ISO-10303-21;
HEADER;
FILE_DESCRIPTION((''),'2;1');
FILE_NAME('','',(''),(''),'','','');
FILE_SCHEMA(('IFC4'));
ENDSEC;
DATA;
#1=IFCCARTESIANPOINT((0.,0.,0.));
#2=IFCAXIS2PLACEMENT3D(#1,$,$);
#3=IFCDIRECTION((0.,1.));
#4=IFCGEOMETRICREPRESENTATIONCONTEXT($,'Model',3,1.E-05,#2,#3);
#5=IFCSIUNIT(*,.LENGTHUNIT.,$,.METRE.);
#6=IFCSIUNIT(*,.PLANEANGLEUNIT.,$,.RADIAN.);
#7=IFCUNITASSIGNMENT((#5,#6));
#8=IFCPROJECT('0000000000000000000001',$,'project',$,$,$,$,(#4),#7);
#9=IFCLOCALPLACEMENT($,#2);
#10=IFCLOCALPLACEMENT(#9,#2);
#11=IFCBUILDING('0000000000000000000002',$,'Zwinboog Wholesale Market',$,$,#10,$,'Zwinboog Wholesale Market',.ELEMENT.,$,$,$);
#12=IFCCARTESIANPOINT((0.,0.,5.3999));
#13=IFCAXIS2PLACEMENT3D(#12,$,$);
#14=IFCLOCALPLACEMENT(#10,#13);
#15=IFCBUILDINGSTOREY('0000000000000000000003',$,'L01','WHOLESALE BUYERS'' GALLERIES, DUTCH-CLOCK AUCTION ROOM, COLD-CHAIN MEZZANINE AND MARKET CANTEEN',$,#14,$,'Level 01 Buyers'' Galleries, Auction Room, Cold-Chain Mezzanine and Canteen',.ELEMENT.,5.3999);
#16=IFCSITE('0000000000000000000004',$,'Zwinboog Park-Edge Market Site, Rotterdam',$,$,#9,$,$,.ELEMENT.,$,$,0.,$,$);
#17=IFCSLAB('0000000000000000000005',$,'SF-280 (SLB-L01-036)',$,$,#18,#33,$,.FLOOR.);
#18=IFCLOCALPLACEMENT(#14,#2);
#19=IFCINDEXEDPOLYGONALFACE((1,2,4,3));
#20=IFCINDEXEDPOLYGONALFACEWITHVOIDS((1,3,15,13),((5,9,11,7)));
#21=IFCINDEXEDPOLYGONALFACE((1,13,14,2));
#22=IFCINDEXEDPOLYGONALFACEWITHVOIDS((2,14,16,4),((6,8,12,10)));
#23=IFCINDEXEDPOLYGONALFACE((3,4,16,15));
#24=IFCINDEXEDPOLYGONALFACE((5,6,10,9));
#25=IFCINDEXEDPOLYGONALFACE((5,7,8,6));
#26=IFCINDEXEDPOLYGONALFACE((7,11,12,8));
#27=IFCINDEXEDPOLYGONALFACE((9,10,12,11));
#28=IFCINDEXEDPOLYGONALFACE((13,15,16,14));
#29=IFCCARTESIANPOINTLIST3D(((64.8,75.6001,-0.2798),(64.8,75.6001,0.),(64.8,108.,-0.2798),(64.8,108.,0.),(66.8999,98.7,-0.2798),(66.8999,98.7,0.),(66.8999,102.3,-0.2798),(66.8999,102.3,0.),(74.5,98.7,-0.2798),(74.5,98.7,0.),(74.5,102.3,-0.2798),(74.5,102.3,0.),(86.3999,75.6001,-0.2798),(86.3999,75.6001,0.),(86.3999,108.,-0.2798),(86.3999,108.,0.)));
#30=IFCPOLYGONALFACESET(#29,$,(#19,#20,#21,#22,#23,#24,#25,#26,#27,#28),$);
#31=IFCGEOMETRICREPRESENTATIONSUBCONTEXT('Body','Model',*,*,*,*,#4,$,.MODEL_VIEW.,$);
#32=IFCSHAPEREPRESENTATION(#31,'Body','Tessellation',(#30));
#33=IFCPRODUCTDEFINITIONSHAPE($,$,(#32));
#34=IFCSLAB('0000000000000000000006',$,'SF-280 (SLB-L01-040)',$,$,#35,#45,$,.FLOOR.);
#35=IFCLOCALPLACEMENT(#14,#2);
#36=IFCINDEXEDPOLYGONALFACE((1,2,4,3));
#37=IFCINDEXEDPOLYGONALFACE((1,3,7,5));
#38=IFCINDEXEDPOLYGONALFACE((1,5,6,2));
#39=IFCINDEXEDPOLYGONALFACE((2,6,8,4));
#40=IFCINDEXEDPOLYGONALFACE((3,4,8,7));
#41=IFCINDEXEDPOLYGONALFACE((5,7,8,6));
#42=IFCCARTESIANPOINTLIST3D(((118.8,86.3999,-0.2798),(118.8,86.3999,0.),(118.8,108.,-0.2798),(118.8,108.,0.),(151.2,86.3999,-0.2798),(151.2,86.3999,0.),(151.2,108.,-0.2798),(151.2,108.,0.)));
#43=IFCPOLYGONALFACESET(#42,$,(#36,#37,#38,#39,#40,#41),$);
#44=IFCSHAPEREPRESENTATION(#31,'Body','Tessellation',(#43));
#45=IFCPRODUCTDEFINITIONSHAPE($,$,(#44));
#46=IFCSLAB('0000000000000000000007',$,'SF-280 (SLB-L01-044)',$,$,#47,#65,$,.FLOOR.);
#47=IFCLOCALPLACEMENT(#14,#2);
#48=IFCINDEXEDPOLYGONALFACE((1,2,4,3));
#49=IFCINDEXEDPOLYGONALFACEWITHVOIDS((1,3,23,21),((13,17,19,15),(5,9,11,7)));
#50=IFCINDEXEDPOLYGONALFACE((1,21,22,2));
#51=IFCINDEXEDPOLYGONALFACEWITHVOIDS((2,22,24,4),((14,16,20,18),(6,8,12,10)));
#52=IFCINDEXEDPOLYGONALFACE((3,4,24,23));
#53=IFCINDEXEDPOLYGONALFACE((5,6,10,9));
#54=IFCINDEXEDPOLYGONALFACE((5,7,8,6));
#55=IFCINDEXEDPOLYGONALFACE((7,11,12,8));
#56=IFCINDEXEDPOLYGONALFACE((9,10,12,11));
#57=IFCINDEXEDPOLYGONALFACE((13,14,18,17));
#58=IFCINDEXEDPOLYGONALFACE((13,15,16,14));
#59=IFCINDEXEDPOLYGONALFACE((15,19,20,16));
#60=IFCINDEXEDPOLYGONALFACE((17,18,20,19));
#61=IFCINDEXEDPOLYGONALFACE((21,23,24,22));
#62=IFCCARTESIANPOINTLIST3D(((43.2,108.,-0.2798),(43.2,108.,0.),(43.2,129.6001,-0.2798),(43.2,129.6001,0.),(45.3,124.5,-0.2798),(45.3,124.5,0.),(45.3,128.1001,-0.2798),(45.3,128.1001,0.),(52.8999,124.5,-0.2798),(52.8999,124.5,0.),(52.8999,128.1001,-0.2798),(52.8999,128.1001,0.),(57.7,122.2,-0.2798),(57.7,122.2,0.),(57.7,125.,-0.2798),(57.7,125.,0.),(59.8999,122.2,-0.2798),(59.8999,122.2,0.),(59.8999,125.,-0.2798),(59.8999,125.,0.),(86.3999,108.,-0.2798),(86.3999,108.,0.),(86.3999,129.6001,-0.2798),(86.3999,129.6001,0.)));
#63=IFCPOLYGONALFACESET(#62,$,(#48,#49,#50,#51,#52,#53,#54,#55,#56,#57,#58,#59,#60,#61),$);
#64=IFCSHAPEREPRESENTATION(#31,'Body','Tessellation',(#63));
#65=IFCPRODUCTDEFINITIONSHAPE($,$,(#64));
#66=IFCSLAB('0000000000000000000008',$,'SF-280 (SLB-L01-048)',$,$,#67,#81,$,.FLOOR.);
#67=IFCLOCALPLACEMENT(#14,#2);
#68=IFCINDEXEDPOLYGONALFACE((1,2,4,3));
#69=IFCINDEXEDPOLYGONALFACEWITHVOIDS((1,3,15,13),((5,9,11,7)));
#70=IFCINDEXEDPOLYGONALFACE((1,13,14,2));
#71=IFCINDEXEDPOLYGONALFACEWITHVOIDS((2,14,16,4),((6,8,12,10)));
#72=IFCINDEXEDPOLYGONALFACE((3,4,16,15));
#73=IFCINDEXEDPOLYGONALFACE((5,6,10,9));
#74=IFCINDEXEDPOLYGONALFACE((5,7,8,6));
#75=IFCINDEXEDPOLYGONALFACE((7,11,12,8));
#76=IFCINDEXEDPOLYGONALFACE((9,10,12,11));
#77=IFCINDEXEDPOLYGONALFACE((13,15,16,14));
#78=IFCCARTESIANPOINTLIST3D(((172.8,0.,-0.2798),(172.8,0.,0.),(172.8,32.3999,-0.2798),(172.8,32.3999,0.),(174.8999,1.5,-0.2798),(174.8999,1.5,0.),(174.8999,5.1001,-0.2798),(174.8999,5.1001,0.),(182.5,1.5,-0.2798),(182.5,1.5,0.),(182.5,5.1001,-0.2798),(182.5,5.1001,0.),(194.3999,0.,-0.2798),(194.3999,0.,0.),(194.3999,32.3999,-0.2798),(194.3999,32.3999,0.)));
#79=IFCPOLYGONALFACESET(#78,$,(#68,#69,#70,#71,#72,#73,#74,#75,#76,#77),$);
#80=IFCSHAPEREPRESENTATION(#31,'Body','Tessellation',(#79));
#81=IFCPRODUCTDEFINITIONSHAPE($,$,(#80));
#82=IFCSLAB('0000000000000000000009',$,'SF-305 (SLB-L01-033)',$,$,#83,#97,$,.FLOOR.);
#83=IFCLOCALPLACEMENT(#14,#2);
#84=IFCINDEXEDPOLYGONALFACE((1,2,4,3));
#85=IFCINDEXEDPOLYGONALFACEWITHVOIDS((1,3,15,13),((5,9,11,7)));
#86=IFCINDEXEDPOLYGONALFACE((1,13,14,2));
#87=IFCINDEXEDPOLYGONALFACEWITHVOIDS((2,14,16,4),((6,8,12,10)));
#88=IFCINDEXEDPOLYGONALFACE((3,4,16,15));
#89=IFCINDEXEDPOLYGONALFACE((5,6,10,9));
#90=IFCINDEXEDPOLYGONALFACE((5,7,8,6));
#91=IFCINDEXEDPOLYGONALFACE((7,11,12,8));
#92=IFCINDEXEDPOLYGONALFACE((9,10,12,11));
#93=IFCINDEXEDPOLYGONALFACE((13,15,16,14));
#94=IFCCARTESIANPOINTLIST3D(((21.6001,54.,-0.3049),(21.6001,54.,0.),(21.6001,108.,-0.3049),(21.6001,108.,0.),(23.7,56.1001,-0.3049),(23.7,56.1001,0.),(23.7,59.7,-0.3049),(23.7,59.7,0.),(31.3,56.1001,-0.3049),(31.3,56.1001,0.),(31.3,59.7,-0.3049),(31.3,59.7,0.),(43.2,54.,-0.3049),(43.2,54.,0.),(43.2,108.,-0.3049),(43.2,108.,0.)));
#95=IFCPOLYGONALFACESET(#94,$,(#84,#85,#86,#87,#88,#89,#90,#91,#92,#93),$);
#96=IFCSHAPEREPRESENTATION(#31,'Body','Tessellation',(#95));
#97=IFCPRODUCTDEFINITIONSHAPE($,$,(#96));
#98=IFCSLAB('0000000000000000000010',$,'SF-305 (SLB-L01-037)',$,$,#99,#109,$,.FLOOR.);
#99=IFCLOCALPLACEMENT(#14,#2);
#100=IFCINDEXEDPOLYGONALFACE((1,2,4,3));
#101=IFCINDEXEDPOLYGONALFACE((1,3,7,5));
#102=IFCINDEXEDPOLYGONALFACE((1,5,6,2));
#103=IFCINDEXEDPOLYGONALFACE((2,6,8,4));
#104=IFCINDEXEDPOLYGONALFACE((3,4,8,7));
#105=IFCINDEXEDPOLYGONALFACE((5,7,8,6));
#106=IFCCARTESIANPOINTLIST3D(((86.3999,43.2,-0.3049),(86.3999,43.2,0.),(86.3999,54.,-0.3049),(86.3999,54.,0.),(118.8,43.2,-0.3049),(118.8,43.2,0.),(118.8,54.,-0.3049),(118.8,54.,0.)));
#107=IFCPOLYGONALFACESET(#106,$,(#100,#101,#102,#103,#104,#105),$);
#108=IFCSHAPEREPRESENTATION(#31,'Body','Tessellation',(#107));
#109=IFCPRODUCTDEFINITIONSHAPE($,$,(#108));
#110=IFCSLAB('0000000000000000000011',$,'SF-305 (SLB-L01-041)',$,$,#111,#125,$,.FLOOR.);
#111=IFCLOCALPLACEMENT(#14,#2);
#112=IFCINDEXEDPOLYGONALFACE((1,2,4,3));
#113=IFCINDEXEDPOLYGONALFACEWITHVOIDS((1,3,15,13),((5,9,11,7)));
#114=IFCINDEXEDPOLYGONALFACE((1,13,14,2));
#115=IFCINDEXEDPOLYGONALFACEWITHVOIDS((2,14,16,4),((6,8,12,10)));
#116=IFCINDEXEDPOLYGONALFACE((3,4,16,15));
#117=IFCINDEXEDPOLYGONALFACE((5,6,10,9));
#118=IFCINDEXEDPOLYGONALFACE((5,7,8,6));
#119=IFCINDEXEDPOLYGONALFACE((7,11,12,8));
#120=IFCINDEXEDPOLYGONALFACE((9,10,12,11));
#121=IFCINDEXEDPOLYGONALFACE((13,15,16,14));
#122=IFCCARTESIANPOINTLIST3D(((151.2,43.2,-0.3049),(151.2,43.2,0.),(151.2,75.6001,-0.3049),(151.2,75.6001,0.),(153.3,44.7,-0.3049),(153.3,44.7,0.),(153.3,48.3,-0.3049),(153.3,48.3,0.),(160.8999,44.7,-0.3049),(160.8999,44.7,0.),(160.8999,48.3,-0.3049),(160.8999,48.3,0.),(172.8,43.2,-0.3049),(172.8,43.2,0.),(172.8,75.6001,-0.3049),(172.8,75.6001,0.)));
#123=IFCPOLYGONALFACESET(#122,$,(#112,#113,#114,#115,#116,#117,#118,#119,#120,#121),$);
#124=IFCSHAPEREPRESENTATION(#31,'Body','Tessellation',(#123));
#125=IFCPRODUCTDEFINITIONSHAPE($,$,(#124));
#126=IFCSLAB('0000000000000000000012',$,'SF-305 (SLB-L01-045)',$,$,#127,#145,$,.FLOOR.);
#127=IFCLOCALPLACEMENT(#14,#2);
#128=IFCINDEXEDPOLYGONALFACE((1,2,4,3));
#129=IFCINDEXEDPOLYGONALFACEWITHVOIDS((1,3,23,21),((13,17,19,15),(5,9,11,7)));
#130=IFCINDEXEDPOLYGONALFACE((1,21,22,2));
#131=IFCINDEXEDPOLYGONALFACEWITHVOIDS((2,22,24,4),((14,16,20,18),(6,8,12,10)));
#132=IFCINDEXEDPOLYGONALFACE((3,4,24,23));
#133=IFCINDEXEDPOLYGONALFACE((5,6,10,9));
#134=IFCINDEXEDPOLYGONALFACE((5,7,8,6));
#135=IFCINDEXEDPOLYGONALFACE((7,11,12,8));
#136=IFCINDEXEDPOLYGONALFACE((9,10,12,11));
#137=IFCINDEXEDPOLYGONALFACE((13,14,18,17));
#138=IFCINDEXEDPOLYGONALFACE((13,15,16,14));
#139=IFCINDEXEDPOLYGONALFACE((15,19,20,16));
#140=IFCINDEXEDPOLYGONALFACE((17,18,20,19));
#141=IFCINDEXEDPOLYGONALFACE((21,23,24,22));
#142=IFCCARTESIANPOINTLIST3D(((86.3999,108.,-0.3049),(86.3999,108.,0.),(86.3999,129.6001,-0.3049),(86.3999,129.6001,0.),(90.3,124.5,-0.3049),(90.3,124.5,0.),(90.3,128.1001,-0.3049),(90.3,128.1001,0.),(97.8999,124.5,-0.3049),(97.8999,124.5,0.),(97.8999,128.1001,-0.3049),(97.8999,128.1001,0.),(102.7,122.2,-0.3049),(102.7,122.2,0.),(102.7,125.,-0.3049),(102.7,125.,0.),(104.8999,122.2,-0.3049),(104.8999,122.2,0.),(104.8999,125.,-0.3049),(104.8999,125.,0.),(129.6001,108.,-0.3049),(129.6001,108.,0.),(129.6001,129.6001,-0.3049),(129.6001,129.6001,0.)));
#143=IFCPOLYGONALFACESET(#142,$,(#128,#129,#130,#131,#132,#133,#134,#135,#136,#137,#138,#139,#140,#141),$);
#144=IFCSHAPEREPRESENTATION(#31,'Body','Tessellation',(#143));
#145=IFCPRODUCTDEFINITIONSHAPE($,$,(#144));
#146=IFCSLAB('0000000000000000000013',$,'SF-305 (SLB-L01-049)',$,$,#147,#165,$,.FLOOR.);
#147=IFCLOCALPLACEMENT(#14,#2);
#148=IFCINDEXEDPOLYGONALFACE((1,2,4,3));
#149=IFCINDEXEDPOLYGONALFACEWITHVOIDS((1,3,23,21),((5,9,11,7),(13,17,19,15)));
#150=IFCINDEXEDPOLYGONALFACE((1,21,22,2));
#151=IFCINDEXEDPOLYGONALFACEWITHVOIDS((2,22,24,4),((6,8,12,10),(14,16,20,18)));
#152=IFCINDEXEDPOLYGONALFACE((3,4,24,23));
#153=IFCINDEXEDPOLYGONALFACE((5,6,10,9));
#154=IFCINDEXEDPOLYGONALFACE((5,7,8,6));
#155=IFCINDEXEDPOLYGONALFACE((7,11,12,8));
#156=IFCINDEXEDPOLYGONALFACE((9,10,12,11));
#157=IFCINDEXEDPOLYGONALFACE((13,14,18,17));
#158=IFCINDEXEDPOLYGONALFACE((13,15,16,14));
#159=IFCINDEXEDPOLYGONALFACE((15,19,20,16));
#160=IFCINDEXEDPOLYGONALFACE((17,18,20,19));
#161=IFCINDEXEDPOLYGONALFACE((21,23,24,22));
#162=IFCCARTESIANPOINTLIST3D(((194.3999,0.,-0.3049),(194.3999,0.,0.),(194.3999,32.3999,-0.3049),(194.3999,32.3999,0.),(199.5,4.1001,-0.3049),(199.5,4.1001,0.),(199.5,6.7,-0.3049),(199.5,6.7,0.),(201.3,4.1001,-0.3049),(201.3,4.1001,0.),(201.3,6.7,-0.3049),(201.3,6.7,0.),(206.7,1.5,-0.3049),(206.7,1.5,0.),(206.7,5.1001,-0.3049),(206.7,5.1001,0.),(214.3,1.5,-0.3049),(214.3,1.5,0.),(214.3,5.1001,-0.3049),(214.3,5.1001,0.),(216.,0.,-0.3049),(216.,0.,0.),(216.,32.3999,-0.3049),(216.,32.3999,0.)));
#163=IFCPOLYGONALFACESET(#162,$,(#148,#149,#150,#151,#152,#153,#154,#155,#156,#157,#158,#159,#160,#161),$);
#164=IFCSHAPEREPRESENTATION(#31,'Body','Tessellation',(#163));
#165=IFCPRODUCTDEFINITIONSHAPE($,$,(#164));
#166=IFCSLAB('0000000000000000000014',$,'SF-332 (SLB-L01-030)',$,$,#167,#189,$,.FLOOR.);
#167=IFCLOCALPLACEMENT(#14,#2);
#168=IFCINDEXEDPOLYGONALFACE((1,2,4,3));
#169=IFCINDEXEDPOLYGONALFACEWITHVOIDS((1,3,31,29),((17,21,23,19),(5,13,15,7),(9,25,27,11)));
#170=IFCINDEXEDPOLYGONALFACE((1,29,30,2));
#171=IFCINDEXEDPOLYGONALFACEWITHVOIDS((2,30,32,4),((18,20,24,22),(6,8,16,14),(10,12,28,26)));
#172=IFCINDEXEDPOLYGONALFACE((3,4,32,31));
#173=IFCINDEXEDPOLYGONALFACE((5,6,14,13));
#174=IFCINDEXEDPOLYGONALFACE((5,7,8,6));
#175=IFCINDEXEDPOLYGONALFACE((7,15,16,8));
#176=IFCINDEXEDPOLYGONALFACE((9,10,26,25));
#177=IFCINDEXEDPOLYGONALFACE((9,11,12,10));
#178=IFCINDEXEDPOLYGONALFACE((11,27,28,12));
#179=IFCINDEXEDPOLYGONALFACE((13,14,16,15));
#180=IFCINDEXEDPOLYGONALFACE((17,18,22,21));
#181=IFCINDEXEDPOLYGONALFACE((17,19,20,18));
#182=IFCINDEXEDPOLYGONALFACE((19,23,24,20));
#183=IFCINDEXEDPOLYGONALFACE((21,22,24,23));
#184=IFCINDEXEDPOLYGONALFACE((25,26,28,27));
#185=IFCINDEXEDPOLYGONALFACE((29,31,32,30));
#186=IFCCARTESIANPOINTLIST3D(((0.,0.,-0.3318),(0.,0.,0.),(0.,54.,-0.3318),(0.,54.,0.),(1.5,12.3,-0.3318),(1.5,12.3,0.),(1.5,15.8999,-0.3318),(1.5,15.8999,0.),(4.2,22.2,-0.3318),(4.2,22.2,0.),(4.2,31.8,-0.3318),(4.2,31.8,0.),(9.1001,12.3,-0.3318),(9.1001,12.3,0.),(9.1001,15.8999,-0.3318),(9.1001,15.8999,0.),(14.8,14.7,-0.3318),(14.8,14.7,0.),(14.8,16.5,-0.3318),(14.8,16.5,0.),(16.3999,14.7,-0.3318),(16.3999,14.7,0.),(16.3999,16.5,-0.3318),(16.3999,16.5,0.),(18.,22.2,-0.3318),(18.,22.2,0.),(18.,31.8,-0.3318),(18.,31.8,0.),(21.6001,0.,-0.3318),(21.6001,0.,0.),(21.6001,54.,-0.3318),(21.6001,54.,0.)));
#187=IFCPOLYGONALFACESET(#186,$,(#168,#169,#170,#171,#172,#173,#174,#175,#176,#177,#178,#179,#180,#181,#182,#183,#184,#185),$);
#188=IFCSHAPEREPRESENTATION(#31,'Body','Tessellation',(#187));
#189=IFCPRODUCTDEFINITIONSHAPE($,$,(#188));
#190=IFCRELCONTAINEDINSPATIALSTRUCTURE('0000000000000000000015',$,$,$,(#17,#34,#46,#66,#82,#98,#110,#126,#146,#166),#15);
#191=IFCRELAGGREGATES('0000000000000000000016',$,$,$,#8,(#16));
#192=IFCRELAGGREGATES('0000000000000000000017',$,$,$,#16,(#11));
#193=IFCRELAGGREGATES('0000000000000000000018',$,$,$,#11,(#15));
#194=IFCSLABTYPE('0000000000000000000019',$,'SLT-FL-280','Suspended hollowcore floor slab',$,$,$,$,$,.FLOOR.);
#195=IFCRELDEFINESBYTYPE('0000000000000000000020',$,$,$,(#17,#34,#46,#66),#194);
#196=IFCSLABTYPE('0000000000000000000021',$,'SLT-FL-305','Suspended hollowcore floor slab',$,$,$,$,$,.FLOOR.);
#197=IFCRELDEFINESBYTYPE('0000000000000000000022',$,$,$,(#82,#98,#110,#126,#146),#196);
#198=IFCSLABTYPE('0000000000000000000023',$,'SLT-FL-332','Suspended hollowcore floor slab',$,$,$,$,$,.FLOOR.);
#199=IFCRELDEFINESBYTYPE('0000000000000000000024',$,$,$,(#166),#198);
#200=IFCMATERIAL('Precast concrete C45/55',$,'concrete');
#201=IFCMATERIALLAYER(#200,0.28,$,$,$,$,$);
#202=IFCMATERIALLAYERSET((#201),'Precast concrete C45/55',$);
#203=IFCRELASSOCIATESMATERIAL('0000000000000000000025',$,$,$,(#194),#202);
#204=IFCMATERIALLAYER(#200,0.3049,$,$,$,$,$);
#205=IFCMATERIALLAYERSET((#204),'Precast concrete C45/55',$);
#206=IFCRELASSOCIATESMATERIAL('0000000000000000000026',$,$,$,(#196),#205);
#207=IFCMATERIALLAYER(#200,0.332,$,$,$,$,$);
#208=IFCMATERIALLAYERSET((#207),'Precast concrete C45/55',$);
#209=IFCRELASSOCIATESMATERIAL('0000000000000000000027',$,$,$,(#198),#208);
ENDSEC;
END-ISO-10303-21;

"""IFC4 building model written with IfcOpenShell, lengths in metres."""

from ifc_helpers import new_model, si_unit, direction, frame, origin, place, context, subcontext, project, spatial, polyline, outline, extrude, material, layer, layer_set, type_object, element, save


model = new_model("IFC4")

# Units and contexts
model_context = context("Model", 3, precision=1e-05, world=origin(), true_north=direction((0.0, 1.0)))
body_context = subcontext(model_context, "Body", "Model", "MODEL_VIEW")
ifc_project = project(units=[si_unit("LENGTHUNIT", "METRE"), si_unit("PLANEANGLEUNIT", "RADIAN")], contexts=[model_context])

# Site, building, storey
site_placement = place(None, origin())
site = spatial("IfcSite", under=ifc_project, at=site_placement, Name="Zwinboog Park-Edge Market Site, Rotterdam", CompositionType="ELEMENT", RefElevation=0.0)
building_placement = place(site_placement, origin())
building = spatial("IfcBuilding", under=site, at=building_placement, Name="Zwinboog Wholesale Market", LongName="Zwinboog Wholesale Market", CompositionType="ELEMENT")
storey_placement = place(building_placement, frame((0.0, 0.0, 5.3999)))
storey = spatial("IfcBuildingStorey", under=building, at=storey_placement, Name="L01", Description="WHOLESALE BUYERS' GALLERIES, DUTCH-CLOCK AUCTION ROOM, COLD-CHAIN MEZZANINE AND MARKET CANTEEN", LongName="Level 01 Buyers' Galleries, Auction Room, Cold-Chain Mezzanine and Canteen", CompositionType="ELEMENT", Elevation=5.3999)

# Shared definitions
ifc_material_1 = material(Name="Precast concrete C45/55", Category="concrete")

# Slabs
ifc_layer_1 = layer(ifc_material_1, 0.28)
ifc_layer_set_1 = layer_set([ifc_layer_1], Name="Precast concrete C45/55")
slab_type_1 = type_object("IfcSlabType", Name="SLT-FL-280", Description="Suspended hollowcore floor slab", PredefinedType="FLOOR", material=ifc_layer_set_1)
slab_1_placement = place(storey_placement, frame((0.0, 0.0, -0.2798)))
element("IfcSlab", 1, at=slab_1_placement, inside=storey, type_object=slab_type_1, Name="SF-280 (SLB-L01-036)", PredefinedType="FLOOR", context=body_context, shape_type="SweptSolid", body=[
    extrude(outline(polyline([(64.8, 75.6001), (86.3999, 75.6001), (86.3999, 108.0), (64.8, 108.0), (64.8, 75.6001)]), holes=[polyline([(66.8999, 98.7), (74.5, 98.7), (74.5, 102.3), (66.8999, 102.3), (66.8999, 98.7)])]), origin(), (0.0, 0.0, 1.0), 0.2798),
])
slab_2_placement = place(storey_placement, frame((0.0, 0.0, -0.2798)))
element("IfcSlab", 2, at=slab_2_placement, inside=storey, type_object=slab_type_1, Name="SF-280 (SLB-L01-040)", PredefinedType="FLOOR", context=body_context, shape_type="SweptSolid", body=[
    extrude(outline(polyline([(118.8, 86.3999), (151.2, 86.3999), (151.2, 108.0), (118.8, 108.0), (118.8, 86.3999)])), origin(), (0.0, 0.0, 1.0), 0.2798),
])
slab_3_placement = place(storey_placement, frame((0.0, 0.0, -0.2798)))
element("IfcSlab", 3, at=slab_3_placement, inside=storey, type_object=slab_type_1, Name="SF-280 (SLB-L01-044)", PredefinedType="FLOOR", context=body_context, shape_type="SweptSolid", body=[
    extrude(outline(polyline([(43.2, 108.0), (86.3999, 108.0), (86.3999, 129.6001), (43.2, 129.6001), (43.2, 108.0)]), holes=[polyline([(45.3, 124.5), (52.8999, 124.5), (52.8999, 128.1001), (45.3, 128.1001), (45.3, 124.5)]), polyline([(57.7, 122.2), (59.8999, 122.2), (59.8999, 125.0), (57.7, 125.0), (57.7, 122.2)])]), origin(), (0.0, 0.0, 1.0), 0.2798),
])
slab_4_placement = place(storey_placement, frame((0.0, 0.0, -0.2798)))
element("IfcSlab", 4, at=slab_4_placement, inside=storey, type_object=slab_type_1, Name="SF-280 (SLB-L01-048)", PredefinedType="FLOOR", context=body_context, shape_type="SweptSolid", body=[
    extrude(outline(polyline([(172.8, 0.0), (194.3999, 0.0), (194.3999, 32.3999), (172.8, 32.3999), (172.8, 0.0)]), holes=[polyline([(174.8999, 1.5), (182.5, 1.5), (182.5, 5.1001), (174.8999, 5.1001), (174.8999, 1.5)])]), origin(), (0.0, 0.0, 1.0), 0.2798),
])
ifc_layer_2 = layer(ifc_material_1, 0.3049)
ifc_layer_set_2 = layer_set([ifc_layer_2], Name="Precast concrete C45/55")
slab_type_2 = type_object("IfcSlabType", Name="SLT-FL-305", Description="Suspended hollowcore floor slab", PredefinedType="FLOOR", material=ifc_layer_set_2)
slab_5_placement = place(storey_placement, frame((0.0, 0.0, -0.3049)))
element("IfcSlab", 5, at=slab_5_placement, inside=storey, type_object=slab_type_2, Name="SF-305 (SLB-L01-033)", PredefinedType="FLOOR", context=body_context, shape_type="SweptSolid", body=[
    extrude(outline(polyline([(21.6001, 54.0), (43.2, 54.0), (43.2, 108.0), (21.6001, 108.0), (21.6001, 54.0)]), holes=[polyline([(23.7, 56.1001), (31.3, 56.1001), (31.3, 59.7), (23.7, 59.7), (23.7, 56.1001)])]), origin(), (0.0, 0.0, 1.0), 0.3049),
])
slab_6_placement = place(storey_placement, frame((0.0, 0.0, -0.3049)))
element("IfcSlab", 6, at=slab_6_placement, inside=storey, type_object=slab_type_2, Name="SF-305 (SLB-L01-037)", PredefinedType="FLOOR", context=body_context, shape_type="SweptSolid", body=[
    extrude(outline(polyline([(86.3999, 43.2), (118.8, 43.2), (118.8, 54.0), (86.3999, 54.0), (86.3999, 43.2)])), origin(), (0.0, 0.0, 1.0), 0.3049),
])
slab_7_placement = place(storey_placement, frame((0.0, 0.0, -0.3049)))
element("IfcSlab", 7, at=slab_7_placement, inside=storey, type_object=slab_type_2, Name="SF-305 (SLB-L01-041)", PredefinedType="FLOOR", context=body_context, shape_type="SweptSolid", body=[
    extrude(outline(polyline([(151.2, 43.2), (172.8, 43.2), (172.8, 75.6001), (151.2, 75.6001), (151.2, 43.2)]), holes=[polyline([(153.3, 44.7), (160.8999, 44.7), (160.8999, 48.3), (153.3, 48.3), (153.3, 44.7)])]), origin(), (0.0, 0.0, 1.0), 0.3049),
])
slab_8_placement = place(storey_placement, frame((0.0, 0.0, -0.3049)))
element("IfcSlab", 8, at=slab_8_placement, inside=storey, type_object=slab_type_2, Name="SF-305 (SLB-L01-045)", PredefinedType="FLOOR", context=body_context, shape_type="SweptSolid", body=[
    extrude(outline(polyline([(86.3999, 108.0), (129.6001, 108.0), (129.6001, 129.6001), (86.3999, 129.6001), (86.3999, 108.0)]), holes=[polyline([(90.3, 124.5), (97.8999, 124.5), (97.8999, 128.1001), (90.3, 128.1001), (90.3, 124.5)]), polyline([(102.7, 122.2), (104.8999, 122.2), (104.8999, 125.0), (102.7, 125.0), (102.7, 122.2)])]), origin(), (0.0, 0.0, 1.0), 0.3049),
])
slab_9_placement = place(storey_placement, frame((0.0, 0.0, -0.3049)))
element("IfcSlab", 9, at=slab_9_placement, inside=storey, type_object=slab_type_2, Name="SF-305 (SLB-L01-049)", PredefinedType="FLOOR", context=body_context, shape_type="SweptSolid", body=[
    extrude(outline(polyline([(194.3999, 0.0), (216.0, 0.0), (216.0, 32.3999), (194.3999, 32.3999), (194.3999, 0.0)]), holes=[polyline([(206.7, 1.5), (214.3, 1.5), (214.3, 5.1001), (206.7, 5.1001), (206.7, 1.5)]), polyline([(199.5, 4.1001), (201.3, 4.1001), (201.3, 6.7), (199.5, 6.7), (199.5, 4.1001)])]), origin(), (0.0, 0.0, 1.0), 0.3049),
])
ifc_layer_3 = layer(ifc_material_1, 0.332)
ifc_layer_set_3 = layer_set([ifc_layer_3], Name="Precast concrete C45/55")
slab_type_3 = type_object("IfcSlabType", Name="SLT-FL-332", Description="Suspended hollowcore floor slab", PredefinedType="FLOOR", material=ifc_layer_set_3)
slab_10_placement = place(storey_placement, frame((0.0, 0.0, -0.3318)))
element("IfcSlab", 10, at=slab_10_placement, inside=storey, type_object=slab_type_3, Name="SF-332 (SLB-L01-030)", PredefinedType="FLOOR", context=body_context, shape_type="SweptSolid", body=[
    extrude(outline(polyline([(0.0, 0.0), (21.6001, 0.0), (21.6001, 54.0), (0.0, 54.0), (0.0, 0.0)]), holes=[polyline([(4.2, 22.2), (18.0, 22.2), (18.0, 31.8), (4.2, 31.8), (4.2, 22.2)]), polyline([(1.5, 12.3), (9.1001, 12.3), (9.1001, 15.8999), (1.5, 15.8999), (1.5, 12.3)]), polyline([(14.8, 14.7), (16.3999, 14.7), (16.3999, 16.5), (14.8, 16.5), (14.8, 14.7)])]), origin(), (0.0, 0.0, 1.0), 0.3318),
])

save(model, "model.ifc")
